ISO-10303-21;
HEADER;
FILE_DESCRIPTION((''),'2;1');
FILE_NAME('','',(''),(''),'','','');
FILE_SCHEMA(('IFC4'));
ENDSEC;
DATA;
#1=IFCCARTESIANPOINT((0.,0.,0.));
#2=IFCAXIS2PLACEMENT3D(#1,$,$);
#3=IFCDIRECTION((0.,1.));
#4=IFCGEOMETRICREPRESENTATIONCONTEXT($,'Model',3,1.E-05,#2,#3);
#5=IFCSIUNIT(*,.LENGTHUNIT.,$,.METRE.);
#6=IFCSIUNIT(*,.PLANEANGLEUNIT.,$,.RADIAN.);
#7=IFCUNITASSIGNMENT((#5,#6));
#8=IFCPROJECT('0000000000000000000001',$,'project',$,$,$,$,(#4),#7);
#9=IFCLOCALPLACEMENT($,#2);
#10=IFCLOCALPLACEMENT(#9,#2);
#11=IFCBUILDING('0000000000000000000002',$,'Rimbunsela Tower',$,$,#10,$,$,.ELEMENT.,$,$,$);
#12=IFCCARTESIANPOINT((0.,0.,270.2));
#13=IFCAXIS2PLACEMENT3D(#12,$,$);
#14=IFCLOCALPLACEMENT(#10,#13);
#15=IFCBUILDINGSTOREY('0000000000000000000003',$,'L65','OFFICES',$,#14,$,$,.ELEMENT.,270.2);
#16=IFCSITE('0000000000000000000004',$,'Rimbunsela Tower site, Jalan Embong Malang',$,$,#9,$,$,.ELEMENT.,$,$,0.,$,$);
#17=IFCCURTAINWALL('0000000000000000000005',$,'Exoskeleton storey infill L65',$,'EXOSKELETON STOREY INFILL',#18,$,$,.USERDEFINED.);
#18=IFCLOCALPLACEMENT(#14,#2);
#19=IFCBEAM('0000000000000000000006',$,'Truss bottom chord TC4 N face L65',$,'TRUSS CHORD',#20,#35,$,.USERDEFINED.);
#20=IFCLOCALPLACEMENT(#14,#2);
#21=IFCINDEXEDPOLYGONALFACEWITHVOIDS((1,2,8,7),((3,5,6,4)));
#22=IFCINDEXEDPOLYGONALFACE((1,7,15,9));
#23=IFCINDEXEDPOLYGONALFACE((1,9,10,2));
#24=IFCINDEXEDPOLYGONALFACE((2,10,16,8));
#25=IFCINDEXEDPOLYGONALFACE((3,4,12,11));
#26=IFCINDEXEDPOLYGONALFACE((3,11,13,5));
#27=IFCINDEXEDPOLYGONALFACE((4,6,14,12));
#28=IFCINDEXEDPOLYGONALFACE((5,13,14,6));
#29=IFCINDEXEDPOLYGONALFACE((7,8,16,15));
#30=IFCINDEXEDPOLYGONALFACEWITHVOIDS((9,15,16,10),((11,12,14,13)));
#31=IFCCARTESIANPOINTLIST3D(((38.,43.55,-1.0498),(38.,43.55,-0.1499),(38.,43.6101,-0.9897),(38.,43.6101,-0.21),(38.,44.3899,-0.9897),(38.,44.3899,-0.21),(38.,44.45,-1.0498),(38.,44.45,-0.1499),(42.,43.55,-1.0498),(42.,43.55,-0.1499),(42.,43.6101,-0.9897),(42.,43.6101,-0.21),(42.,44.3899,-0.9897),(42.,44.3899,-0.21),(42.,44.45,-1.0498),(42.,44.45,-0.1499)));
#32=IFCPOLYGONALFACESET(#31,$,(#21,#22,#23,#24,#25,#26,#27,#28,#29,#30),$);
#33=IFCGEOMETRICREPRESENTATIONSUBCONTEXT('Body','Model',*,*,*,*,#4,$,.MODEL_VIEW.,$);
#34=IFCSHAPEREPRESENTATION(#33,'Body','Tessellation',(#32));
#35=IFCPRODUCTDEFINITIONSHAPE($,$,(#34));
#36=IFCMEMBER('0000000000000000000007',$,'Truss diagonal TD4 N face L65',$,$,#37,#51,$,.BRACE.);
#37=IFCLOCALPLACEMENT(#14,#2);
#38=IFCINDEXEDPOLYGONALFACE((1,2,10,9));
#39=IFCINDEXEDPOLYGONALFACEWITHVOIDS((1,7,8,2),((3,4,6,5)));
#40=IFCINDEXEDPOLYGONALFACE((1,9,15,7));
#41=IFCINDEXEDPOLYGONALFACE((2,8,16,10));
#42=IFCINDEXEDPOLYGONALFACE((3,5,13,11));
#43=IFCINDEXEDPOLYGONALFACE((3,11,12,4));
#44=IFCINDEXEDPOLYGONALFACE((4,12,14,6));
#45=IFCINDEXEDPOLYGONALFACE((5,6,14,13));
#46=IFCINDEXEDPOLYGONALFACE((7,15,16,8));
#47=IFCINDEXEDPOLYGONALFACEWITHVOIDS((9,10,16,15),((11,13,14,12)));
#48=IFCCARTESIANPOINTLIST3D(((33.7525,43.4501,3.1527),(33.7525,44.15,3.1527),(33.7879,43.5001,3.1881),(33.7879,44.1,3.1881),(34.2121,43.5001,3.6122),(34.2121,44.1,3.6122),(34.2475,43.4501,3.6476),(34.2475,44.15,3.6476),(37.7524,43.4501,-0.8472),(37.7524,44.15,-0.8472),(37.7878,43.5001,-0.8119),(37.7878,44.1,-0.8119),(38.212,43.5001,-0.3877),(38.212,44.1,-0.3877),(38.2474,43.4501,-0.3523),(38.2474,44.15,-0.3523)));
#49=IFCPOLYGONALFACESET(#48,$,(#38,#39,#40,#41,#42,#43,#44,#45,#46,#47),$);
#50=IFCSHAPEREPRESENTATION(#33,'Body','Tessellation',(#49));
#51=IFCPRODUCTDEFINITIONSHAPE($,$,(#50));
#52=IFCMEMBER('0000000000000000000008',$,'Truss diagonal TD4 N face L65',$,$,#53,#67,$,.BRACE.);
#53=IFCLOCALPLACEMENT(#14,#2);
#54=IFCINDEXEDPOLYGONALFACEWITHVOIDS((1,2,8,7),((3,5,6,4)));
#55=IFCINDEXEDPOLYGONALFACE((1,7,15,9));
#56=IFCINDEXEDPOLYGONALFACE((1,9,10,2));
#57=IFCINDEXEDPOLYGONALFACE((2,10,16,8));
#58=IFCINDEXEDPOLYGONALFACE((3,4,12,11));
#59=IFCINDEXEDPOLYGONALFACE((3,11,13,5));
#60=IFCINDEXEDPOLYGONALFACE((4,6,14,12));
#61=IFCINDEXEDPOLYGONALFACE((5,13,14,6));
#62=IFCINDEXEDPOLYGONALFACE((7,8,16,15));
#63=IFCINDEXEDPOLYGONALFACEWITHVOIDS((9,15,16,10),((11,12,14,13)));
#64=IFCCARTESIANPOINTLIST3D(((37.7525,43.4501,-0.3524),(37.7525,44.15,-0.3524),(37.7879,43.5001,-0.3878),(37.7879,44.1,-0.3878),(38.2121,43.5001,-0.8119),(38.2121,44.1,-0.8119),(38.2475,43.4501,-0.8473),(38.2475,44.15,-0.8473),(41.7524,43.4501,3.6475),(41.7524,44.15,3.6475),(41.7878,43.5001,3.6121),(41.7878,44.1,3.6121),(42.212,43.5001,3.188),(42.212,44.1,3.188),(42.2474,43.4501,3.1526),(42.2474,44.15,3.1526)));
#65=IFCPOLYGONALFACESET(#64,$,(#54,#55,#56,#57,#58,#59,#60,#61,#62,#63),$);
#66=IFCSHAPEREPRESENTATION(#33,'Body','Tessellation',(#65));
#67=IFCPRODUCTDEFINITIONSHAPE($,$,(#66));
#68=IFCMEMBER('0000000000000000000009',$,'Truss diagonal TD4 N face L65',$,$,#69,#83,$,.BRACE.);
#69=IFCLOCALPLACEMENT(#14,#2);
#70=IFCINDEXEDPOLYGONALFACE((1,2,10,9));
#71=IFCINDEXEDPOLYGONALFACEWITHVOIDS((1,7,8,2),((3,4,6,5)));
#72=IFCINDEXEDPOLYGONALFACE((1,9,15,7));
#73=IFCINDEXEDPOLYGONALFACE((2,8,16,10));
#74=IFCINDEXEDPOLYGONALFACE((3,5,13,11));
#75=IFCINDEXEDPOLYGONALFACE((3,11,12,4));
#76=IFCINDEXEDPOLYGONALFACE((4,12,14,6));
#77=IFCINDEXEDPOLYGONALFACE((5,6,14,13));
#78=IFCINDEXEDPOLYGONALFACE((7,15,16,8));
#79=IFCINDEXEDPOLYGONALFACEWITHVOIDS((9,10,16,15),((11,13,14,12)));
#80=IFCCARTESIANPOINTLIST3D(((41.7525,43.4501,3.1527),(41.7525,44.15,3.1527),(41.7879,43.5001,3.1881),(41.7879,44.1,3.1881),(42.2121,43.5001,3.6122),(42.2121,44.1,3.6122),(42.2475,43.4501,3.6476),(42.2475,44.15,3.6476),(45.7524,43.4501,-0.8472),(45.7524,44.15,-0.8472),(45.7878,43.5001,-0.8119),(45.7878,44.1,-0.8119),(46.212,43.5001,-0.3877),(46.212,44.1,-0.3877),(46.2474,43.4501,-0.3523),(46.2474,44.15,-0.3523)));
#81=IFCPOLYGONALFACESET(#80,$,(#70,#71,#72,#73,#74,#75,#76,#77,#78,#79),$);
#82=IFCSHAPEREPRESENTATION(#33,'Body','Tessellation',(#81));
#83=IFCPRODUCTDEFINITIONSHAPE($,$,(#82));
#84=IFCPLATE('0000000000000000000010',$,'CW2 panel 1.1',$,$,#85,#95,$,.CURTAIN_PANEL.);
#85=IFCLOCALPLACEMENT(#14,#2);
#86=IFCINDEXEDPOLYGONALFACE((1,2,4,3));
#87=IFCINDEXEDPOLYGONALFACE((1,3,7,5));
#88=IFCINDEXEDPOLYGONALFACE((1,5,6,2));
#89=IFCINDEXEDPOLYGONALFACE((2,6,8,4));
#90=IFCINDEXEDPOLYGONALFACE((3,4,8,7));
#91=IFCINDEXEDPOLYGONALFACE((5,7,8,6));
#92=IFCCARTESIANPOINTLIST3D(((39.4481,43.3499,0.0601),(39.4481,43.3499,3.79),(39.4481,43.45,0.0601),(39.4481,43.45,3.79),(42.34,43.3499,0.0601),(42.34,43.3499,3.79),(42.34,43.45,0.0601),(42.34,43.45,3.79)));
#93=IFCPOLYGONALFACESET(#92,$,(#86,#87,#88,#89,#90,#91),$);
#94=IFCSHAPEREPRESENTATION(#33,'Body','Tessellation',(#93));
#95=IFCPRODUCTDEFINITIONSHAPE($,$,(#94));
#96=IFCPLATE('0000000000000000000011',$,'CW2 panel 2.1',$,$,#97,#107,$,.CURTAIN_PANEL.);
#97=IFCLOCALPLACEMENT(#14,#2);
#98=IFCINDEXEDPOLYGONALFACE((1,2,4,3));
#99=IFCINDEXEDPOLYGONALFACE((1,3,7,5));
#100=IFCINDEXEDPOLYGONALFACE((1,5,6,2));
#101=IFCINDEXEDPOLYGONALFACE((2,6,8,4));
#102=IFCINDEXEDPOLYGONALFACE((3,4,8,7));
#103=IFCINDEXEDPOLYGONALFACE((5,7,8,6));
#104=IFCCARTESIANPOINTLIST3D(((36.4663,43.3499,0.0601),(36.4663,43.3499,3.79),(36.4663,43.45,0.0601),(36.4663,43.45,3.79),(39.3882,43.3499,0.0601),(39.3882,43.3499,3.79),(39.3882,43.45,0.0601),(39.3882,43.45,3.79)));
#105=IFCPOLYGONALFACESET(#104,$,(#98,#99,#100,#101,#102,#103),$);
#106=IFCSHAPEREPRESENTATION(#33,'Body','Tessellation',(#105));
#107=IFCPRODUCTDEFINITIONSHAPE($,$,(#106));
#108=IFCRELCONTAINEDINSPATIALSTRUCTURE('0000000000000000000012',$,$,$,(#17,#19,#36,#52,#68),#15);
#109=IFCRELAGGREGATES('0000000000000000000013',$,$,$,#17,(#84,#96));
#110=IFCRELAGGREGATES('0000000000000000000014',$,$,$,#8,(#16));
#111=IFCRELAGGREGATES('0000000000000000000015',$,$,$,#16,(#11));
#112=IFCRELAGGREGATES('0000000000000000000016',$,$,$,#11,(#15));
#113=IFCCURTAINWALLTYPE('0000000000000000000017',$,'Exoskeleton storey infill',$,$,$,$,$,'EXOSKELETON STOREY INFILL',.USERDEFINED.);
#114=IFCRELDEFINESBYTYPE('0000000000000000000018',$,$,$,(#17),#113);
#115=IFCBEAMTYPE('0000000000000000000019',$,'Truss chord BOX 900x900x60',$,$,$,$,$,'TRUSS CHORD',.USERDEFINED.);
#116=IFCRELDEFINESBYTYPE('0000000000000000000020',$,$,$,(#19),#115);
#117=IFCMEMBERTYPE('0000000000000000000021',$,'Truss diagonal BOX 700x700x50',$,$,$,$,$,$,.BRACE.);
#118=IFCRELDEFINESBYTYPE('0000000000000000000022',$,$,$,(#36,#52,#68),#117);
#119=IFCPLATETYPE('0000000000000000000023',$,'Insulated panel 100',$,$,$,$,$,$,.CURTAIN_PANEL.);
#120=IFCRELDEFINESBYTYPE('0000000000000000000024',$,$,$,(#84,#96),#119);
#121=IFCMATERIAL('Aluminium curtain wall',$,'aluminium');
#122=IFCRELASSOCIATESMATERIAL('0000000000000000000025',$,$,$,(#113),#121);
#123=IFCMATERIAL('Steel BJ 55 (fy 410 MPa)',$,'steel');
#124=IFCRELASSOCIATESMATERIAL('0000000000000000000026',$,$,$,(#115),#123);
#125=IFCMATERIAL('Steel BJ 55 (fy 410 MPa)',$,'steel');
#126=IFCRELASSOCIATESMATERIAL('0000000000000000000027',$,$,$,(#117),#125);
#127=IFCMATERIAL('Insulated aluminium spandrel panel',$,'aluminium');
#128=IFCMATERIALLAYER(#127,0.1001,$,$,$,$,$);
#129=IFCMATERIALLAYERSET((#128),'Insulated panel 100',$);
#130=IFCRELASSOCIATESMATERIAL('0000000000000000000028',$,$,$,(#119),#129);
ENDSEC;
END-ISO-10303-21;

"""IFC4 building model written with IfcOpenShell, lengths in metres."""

from ifc_helpers import new_model, si_unit, direction, frame, origin, origin_2d, place, context, subcontext, project, spatial, rectangle, hollow_rectangle, extrude, material, layer, layer_set, material_profile, profile_set, type_object, element, aggregate, save


model = new_model("IFC4")

# Units and contexts
model_context = context("Model", 3, precision=1e-05, world=origin(), true_north=direction((0.0, 1.0)))
body_context = subcontext(model_context, "Body", "Model", "MODEL_VIEW")
ifc_project = project(units=[si_unit("LENGTHUNIT", "METRE"), si_unit("PLANEANGLEUNIT", "RADIAN")], contexts=[model_context])

# Site, building, storey
site_placement = place(None, origin())
site = spatial("IfcSite", under=ifc_project, at=site_placement, Name="Rimbunsela Tower site, Jalan Embong Malang", CompositionType="ELEMENT", RefElevation=0.0)
building_placement = place(site_placement, origin())
building = spatial("IfcBuilding", under=site, at=building_placement, Name="Rimbunsela Tower", CompositionType="ELEMENT")
storey_placement = place(building_placement, frame((0.0, 0.0, 270.2)))
storey = spatial("IfcBuildingStorey", under=building, at=storey_placement, Name="L65", Description="OFFICES", CompositionType="ELEMENT", Elevation=270.2)

# Curtain wall
ifc_material_1 = material(Name="Aluminium curtain wall", Category="aluminium")
curtain_wall_type = type_object("IfcCurtainWallType", Name="Exoskeleton storey infill", ElementType="EXOSKELETON STOREY INFILL", PredefinedType="USERDEFINED", material=ifc_material_1)
curtain_wall_placement = place(storey_placement, origin())
curtain_wall = element("IfcCurtainWall", 1, at=curtain_wall_placement, inside=storey, type_object=curtain_wall_type, Name="Exoskeleton storey infill L65", ObjectType="EXOSKELETON STOREY INFILL", PredefinedType="USERDEFINED")

# Beam
ifc_material_2 = material(Name="Steel BJ 55 (fy 410 MPa)", Category="steel")
ifc_material_profile_1 = material_profile(ifc_material_2, hollow_rectangle(XDim=0.8999, YDim=0.8999, WallThickness=0.0601, at=origin_2d()), Name="BOX 900x900x60")
ifc_profile_set_1 = profile_set([ifc_material_profile_1], Name="Steel BJ 55 (fy 410 MPa)")
beam_type = type_object("IfcBeamType", Name="Truss chord BOX 900x900x60", ElementType="TRUSS CHORD", PredefinedType="USERDEFINED", material=ifc_profile_set_1)
for number, where, z_axis, x_axis, name in (
    (2, (38.0, 44.0, -0.5999), (1.0, 0.0, 0.0), (0.0, 1.0, 0.0), "Truss bottom chord TC4 N face L65"),
):
    element("IfcBeam", number, at=place(storey_placement, frame(where, z_axis=z_axis, x_axis=x_axis)), inside=storey, type_object=beam_type, Name=name, ObjectType="TRUSS CHORD", PredefinedType="USERDEFINED", context=body_context, shape_type="SweptSolid", body=[
        extrude(hollow_rectangle(XDim=0.8999, YDim=0.8999, WallThickness=0.0601, at=origin_2d()), origin(), (0.0, 0.0, 1.0), 4.0),
    ])

# Members
ifc_material_3 = material(Name="Steel BJ 55 (fy 410 MPa)", Category="steel")
ifc_material_profile_2 = material_profile(ifc_material_3, hollow_rectangle(XDim=0.7, YDim=0.7, WallThickness=0.05, at=origin_2d()), Name="BOX 700x700x50")
ifc_profile_set_2 = profile_set([ifc_material_profile_2], Name="Steel BJ 55 (fy 410 MPa)")
member_type_1 = type_object("IfcMemberType", Name="Truss diagonal BOX 700x700x50", PredefinedType="BRACE", material=ifc_profile_set_2)
for number, where, z_axis, x_axis, name in (
    (3, (34.0, 43.8, 3.4001), (0.707107, 0.0, -0.707107), (0.0, 1.0, 0.0), "Truss diagonal TD4 N face L65"),
    (4, (38.0, 43.8, -0.5999), (0.707107, 0.0, 0.707107), (0.0, 1.0, 0.0), "Truss diagonal TD4 N face L65"),
    (5, (42.0, 43.8, 3.4001), (0.707107, 0.0, -0.707107), (0.0, 1.0, 0.0), "Truss diagonal TD4 N face L65"),
):
    element("IfcMember", number, at=place(storey_placement, frame(where, z_axis=z_axis, x_axis=x_axis)), inside=storey, type_object=member_type_1, Name=name, PredefinedType="BRACE", context=body_context, shape_type="SweptSolid", body=[
        extrude(hollow_rectangle(XDim=0.7, YDim=0.7, WallThickness=0.05, at=origin_2d()), origin(), (0.0, 0.0, 1.0), 5.6567),
    ])

# Plates
ifc_material_4 = material(Name="Insulated aluminium spandrel panel", Category="aluminium")
ifc_layer = layer(ifc_material_4, 0.1001)
ifc_layer_set = layer_set([ifc_layer], Name="Insulated panel 100")
plate_type = type_object("IfcPlateType", Name="Insulated panel 100", PredefinedType="CURTAIN_PANEL", material=ifc_layer_set)
plate_1_placement = place(storey_placement, frame((40.894, 43.3999, 0.0601), z_axis=(0.0, 0.0, 1.0), x_axis=(-1.0, 0.0, 0.0)))
plate_1 = element("IfcPlate", 6, at=plate_1_placement, type_object=plate_type, Name="CW2 panel 1.1", PredefinedType="CURTAIN_PANEL", context=body_context, shape_type="SweptSolid", body=[
    extrude(rectangle(XDim=2.8918, YDim=0.1001, at=origin_2d()), origin(), (0.0, 0.0, 1.0), 3.73),
])
plate_2_placement = place(storey_placement, frame((37.9272, 43.3999, 0.0601), z_axis=(0.0, 0.0, 1.0), x_axis=(-1.0, 0.0, 0.0)))
plate_2 = element("IfcPlate", 7, at=plate_2_placement, type_object=plate_type, Name="CW2 panel 2.1", PredefinedType="CURTAIN_PANEL", context=body_context, shape_type="SweptSolid", body=[
    extrude(rectangle(XDim=2.9219, YDim=0.1001, at=origin_2d()), origin(), (0.0, 0.0, 1.0), 3.73),
])
aggregate(curtain_wall, [plate_1, plate_2])

save(model, "model.ifc")
